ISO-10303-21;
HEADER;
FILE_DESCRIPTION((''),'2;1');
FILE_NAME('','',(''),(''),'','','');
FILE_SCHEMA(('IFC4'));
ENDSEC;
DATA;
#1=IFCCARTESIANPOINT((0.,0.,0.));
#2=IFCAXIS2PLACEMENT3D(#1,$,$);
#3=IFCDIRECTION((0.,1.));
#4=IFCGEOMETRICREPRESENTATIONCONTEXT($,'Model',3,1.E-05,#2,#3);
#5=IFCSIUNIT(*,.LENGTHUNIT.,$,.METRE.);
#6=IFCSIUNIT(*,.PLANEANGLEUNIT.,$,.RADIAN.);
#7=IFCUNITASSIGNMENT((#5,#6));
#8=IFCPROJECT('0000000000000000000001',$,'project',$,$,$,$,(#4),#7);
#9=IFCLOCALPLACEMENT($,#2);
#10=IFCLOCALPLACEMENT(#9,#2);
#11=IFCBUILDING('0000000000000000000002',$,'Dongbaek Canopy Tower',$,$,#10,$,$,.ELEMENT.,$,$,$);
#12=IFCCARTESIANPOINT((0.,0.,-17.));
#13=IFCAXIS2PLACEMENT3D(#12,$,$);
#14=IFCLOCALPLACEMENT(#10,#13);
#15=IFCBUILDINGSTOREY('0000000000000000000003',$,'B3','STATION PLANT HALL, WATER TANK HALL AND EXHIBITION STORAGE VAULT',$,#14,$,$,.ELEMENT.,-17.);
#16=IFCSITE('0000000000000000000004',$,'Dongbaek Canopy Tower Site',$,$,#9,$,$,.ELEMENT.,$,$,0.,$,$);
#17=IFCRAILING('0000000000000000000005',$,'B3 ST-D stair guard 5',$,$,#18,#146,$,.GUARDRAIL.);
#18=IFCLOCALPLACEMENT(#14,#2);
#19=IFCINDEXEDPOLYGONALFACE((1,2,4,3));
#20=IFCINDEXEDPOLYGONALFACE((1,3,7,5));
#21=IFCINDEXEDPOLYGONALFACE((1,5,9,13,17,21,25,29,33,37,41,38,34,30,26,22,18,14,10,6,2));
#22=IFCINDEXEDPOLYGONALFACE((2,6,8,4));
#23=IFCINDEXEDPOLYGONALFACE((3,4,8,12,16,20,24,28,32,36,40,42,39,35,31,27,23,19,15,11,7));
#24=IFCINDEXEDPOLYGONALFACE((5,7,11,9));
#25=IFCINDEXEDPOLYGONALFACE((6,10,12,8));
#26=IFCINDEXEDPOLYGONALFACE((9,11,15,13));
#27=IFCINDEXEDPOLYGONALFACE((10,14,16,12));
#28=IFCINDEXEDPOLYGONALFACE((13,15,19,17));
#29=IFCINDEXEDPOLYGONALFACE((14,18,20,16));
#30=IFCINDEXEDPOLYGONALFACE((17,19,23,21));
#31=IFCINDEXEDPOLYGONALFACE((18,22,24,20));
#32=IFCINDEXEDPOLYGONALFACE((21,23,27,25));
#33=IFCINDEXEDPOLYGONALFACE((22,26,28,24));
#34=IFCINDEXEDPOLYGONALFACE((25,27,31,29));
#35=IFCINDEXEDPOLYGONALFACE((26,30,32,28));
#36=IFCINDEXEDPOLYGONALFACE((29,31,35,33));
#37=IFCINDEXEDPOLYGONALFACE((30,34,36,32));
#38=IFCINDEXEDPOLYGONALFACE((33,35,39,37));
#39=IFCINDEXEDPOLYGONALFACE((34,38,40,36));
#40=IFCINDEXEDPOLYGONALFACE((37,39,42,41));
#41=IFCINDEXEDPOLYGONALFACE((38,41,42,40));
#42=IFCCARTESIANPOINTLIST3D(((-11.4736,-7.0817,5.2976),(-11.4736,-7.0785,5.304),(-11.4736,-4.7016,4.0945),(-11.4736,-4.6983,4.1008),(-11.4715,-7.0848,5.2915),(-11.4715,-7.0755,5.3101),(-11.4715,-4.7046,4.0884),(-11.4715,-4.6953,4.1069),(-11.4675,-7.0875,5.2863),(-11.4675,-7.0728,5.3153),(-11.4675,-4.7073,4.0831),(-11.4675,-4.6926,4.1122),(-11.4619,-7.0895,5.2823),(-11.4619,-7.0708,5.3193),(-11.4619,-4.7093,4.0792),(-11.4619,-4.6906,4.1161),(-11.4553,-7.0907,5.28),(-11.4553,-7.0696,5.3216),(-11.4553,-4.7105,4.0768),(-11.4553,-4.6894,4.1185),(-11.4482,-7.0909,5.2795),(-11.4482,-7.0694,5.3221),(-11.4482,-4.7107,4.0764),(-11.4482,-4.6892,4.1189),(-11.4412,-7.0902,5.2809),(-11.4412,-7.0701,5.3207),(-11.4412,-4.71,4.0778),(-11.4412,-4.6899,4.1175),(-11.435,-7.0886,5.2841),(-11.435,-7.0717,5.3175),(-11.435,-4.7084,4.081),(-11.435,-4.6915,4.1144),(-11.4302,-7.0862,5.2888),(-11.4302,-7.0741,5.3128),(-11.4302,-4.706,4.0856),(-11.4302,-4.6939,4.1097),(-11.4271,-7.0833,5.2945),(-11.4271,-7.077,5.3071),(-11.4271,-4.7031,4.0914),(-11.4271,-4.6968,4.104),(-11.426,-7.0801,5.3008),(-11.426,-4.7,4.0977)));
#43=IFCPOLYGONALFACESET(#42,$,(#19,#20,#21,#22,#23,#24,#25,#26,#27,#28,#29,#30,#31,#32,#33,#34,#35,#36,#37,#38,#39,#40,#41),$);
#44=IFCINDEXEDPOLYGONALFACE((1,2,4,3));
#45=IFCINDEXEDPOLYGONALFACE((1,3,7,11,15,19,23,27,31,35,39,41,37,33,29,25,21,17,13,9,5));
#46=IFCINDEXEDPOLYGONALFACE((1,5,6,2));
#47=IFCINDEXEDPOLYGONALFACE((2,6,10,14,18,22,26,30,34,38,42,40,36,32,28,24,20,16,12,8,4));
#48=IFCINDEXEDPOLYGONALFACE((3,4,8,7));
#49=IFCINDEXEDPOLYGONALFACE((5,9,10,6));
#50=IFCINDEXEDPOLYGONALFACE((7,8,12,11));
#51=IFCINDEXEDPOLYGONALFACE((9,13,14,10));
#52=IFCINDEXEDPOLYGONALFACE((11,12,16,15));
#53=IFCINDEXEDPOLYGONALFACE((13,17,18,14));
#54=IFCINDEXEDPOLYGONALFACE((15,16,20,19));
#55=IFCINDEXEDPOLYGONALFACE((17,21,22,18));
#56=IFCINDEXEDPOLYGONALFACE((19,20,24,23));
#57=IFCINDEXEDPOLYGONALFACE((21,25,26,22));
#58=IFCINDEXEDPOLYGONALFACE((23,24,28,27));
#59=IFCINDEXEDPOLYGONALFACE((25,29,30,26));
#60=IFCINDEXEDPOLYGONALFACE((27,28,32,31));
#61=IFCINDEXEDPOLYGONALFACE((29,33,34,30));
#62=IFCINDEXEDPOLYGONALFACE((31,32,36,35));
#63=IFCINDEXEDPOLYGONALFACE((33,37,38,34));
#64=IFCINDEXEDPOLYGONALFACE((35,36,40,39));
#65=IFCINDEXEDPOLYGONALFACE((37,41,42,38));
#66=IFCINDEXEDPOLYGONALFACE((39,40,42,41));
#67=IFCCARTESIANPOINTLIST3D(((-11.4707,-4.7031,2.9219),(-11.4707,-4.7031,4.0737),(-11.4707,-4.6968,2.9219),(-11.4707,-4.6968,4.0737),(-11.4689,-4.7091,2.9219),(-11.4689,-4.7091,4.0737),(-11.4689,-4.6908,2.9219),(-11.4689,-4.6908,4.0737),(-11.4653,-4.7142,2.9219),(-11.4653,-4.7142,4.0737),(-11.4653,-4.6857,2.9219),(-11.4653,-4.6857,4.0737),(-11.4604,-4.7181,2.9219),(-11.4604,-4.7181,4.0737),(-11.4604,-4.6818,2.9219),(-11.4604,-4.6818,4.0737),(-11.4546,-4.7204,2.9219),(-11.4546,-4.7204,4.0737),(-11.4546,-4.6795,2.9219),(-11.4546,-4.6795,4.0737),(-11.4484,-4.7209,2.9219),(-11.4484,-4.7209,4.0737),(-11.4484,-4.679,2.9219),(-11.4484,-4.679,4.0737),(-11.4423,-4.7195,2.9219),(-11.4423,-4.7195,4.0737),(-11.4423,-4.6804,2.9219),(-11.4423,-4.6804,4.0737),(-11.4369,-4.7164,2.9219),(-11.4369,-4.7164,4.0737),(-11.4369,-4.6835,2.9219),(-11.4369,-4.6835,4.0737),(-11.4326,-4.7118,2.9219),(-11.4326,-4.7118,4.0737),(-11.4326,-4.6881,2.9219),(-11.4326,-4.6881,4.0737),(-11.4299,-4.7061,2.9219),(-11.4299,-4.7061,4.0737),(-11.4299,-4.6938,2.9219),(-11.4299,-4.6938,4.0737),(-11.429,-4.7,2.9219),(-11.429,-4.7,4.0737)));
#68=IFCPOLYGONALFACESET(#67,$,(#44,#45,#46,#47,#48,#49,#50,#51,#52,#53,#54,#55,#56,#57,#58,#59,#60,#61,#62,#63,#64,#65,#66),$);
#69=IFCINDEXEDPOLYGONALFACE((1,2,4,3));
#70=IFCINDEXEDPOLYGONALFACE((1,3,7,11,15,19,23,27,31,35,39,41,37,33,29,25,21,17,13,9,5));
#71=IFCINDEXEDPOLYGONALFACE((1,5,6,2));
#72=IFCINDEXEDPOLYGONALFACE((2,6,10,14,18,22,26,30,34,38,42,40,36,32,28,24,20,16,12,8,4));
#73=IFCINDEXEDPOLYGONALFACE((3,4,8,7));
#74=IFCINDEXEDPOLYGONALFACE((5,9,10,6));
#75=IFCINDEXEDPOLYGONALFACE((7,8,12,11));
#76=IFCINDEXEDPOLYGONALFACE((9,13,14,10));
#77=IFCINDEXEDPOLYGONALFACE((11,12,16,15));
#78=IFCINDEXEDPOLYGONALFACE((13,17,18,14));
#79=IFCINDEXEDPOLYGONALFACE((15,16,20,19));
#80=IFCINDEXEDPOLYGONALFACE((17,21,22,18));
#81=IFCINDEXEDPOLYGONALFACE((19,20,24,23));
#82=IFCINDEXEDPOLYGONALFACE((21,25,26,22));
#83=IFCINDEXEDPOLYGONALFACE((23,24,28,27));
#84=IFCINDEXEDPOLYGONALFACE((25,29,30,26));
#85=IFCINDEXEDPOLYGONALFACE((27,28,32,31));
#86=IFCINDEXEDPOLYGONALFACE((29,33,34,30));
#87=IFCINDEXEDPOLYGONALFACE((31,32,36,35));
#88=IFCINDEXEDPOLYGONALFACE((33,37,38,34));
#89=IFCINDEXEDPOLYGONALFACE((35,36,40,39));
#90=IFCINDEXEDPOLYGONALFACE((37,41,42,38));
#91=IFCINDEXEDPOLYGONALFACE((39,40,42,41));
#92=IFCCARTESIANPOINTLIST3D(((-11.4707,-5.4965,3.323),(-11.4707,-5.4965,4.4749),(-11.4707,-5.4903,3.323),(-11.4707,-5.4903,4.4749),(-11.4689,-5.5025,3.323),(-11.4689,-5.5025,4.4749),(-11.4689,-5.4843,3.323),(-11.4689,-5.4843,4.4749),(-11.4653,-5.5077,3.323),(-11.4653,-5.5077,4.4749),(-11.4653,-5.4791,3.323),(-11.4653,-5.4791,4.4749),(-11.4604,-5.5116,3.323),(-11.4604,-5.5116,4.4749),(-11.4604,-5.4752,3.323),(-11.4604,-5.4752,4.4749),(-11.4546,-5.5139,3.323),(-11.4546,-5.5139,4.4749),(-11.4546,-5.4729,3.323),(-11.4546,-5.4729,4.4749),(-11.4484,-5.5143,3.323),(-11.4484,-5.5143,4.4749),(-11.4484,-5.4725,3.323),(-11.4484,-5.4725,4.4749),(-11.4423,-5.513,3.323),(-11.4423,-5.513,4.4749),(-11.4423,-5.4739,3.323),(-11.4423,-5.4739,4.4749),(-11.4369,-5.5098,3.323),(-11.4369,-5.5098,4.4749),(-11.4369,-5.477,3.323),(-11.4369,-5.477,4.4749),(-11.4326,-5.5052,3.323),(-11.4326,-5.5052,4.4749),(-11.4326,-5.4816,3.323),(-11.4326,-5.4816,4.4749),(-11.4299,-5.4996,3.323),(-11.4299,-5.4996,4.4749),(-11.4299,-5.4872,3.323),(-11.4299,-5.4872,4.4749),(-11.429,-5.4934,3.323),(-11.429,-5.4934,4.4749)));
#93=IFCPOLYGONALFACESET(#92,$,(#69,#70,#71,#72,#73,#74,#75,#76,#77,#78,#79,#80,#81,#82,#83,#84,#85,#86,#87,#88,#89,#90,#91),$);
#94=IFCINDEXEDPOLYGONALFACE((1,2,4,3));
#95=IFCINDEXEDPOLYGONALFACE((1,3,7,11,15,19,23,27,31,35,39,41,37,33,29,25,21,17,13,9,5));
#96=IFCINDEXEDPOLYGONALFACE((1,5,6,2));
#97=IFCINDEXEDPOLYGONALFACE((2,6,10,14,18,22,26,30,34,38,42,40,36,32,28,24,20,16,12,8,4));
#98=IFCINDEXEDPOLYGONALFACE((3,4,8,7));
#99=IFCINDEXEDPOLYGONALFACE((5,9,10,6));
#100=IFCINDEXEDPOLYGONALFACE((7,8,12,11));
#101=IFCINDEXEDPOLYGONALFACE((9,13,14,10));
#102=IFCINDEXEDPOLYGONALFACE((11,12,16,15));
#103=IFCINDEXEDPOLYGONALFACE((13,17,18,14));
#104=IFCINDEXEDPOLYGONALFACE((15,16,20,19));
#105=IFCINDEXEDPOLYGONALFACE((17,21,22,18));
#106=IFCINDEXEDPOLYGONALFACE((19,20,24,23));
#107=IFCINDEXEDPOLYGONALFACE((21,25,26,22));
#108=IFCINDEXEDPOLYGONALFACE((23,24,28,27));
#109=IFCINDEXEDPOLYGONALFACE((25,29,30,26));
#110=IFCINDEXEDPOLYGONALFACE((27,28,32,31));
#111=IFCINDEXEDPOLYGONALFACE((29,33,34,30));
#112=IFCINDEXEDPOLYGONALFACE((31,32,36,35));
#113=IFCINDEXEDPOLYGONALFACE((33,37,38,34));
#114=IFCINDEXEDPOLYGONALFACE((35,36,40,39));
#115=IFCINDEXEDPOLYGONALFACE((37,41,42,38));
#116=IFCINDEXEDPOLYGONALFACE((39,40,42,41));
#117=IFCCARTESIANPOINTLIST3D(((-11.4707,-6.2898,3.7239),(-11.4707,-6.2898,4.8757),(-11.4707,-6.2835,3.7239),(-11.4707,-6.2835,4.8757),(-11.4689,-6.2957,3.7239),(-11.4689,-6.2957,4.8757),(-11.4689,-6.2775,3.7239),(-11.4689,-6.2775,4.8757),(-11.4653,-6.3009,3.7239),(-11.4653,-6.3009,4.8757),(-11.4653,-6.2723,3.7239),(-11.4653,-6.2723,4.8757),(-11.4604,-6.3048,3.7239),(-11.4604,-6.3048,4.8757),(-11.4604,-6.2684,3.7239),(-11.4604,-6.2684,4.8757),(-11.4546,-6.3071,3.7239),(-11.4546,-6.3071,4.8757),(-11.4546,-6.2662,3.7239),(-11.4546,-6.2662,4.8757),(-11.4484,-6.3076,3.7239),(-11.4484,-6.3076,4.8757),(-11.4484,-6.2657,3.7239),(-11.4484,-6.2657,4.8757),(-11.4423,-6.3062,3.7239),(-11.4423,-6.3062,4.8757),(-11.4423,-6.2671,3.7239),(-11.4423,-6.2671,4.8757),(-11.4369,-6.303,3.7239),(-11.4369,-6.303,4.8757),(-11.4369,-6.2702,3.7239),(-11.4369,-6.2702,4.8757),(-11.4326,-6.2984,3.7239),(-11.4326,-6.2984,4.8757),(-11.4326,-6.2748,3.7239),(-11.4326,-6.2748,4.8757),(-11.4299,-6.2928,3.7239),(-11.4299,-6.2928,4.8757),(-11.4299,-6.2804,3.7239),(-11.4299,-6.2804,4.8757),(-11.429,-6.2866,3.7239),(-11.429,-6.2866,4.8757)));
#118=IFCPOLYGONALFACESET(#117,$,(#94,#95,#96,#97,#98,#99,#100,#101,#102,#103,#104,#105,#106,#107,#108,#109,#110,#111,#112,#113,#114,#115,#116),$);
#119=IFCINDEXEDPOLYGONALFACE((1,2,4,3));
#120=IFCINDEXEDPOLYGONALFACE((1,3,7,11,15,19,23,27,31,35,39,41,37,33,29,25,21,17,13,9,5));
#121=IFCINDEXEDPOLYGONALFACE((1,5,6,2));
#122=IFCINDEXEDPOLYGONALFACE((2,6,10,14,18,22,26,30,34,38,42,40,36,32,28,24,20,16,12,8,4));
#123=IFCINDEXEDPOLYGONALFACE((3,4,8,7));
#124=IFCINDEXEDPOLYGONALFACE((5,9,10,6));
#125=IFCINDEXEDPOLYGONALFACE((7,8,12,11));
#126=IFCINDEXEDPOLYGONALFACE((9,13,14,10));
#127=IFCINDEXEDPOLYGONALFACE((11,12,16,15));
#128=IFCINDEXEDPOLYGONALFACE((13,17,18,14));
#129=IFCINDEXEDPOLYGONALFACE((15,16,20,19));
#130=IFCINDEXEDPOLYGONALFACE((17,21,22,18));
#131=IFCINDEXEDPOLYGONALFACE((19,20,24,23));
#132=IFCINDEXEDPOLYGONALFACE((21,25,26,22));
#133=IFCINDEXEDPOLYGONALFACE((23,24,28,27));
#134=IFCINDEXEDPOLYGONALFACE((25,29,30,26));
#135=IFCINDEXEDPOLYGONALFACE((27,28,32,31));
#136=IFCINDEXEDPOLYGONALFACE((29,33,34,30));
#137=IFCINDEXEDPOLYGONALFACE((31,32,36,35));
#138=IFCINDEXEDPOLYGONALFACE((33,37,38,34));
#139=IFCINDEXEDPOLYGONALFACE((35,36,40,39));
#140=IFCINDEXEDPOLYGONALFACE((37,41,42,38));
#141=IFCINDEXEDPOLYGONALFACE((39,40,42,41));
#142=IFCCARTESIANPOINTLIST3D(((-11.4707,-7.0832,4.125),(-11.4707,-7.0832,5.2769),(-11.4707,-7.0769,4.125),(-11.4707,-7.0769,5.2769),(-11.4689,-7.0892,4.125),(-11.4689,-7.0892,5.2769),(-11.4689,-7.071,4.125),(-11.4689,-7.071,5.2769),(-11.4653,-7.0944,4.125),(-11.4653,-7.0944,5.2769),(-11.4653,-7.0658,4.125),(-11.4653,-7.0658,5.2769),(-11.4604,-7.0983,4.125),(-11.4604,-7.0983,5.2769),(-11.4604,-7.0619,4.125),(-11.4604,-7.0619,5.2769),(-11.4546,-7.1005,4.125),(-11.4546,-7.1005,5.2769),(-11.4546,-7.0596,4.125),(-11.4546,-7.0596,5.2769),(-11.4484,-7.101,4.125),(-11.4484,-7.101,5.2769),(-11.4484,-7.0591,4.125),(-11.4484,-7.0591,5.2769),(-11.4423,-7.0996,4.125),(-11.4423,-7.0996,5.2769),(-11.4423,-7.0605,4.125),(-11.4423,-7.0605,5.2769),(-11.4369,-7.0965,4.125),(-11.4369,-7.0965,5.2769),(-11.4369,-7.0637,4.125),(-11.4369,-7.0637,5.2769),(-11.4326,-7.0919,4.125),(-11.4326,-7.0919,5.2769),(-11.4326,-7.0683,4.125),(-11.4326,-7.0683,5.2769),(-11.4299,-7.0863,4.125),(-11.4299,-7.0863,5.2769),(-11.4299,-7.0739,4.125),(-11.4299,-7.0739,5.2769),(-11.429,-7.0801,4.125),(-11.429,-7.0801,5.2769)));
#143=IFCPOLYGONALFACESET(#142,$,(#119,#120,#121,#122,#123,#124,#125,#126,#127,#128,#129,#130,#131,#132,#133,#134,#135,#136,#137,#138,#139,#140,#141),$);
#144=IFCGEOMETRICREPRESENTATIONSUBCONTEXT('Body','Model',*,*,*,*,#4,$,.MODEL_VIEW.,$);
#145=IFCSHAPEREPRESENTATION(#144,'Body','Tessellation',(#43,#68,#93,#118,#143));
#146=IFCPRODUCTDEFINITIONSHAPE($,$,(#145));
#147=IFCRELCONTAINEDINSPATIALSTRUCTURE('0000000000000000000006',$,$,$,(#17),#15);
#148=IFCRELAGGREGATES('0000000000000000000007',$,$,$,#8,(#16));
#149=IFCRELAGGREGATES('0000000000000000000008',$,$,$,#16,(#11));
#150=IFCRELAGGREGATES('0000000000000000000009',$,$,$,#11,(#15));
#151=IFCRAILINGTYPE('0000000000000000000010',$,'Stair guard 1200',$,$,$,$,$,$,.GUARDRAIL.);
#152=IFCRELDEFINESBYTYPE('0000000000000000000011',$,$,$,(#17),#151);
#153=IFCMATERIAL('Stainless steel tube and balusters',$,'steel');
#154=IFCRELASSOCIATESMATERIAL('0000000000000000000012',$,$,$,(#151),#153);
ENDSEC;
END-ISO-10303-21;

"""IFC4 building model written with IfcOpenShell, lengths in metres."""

from ifc_helpers import new_model, si_unit, direction, frame, origin, origin_2d, place, context, subcontext, project, spatial, circle, extrude, material, type_object, element, save


model = new_model("IFC4")

# Units and contexts
model_context = context("Model", 3, precision=1e-05, world=origin(), true_north=direction((0.0, 1.0)))
body_context = subcontext(model_context, "Body", "Model", "MODEL_VIEW")
ifc_project = project(units=[si_unit("LENGTHUNIT", "METRE"), si_unit("PLANEANGLEUNIT", "RADIAN")], contexts=[model_context])

# Site, building, storey
site_placement = place(None, origin())
site = spatial("IfcSite", under=ifc_project, at=site_placement, Name="Dongbaek Canopy Tower Site", CompositionType="ELEMENT", RefElevation=0.0)
building_placement = place(site_placement, origin())
building = spatial("IfcBuilding", under=site, at=building_placement, Name="Dongbaek Canopy Tower", CompositionType="ELEMENT")
storey_placement = place(building_placement, frame((0.0, 0.0, -17.0)))
storey = spatial("IfcBuildingStorey", under=building, at=storey_placement, Name="B3", Description="STATION PLANT HALL, WATER TANK HALL AND EXHIBITION STORAGE VAULT", CompositionType="ELEMENT", Elevation=-17.0)

# Railing
ifc_material_1 = material(Name="Stainless steel tube and balusters", Category="steel")
railing_type_1 = type_object("IfcRailingType", Name="Stair guard 1200", PredefinedType="GUARDRAIL", material=ifc_material_1)
railing_1_placement = place(storey_placement, frame((-11.45, -4.7, 2.9219)))
element("IfcRailing", 1, at=railing_1_placement, inside=storey, type_object=railing_type_1, Name="B3 ST-D stair guard 5", PredefinedType="GUARDRAIL", context=body_context, shape_type="SweptSolid", body=[
    extrude(circle(Radius=0.0239, at=origin_2d()), frame((0.0, 0.0, 1.1758), z_axis=(0.0, -0.89246, 0.451127), x_axis=(1.0, 0.0, 0.0)), (0.0, 0.0, 1.0), 2.667),
    extrude(circle(Radius=0.021, at=origin_2d()), origin(), (0.0, 0.0, 1.0), 1.1519),
    extrude(circle(Radius=0.021, at=origin_2d()), frame((0.0, -0.7935, 0.4011)), (0.0, 0.0, 1.0), 1.1519),
    extrude(circle(Radius=0.021, at=origin_2d()), frame((0.0, -1.5867, 0.802)), (0.0, 0.0, 1.0), 1.1519),
    extrude(circle(Radius=0.021, at=origin_2d()), frame((0.0, -2.3801, 1.2031)), (0.0, 0.0, 1.0), 1.1519),
])

save(model, "model.ifc")
